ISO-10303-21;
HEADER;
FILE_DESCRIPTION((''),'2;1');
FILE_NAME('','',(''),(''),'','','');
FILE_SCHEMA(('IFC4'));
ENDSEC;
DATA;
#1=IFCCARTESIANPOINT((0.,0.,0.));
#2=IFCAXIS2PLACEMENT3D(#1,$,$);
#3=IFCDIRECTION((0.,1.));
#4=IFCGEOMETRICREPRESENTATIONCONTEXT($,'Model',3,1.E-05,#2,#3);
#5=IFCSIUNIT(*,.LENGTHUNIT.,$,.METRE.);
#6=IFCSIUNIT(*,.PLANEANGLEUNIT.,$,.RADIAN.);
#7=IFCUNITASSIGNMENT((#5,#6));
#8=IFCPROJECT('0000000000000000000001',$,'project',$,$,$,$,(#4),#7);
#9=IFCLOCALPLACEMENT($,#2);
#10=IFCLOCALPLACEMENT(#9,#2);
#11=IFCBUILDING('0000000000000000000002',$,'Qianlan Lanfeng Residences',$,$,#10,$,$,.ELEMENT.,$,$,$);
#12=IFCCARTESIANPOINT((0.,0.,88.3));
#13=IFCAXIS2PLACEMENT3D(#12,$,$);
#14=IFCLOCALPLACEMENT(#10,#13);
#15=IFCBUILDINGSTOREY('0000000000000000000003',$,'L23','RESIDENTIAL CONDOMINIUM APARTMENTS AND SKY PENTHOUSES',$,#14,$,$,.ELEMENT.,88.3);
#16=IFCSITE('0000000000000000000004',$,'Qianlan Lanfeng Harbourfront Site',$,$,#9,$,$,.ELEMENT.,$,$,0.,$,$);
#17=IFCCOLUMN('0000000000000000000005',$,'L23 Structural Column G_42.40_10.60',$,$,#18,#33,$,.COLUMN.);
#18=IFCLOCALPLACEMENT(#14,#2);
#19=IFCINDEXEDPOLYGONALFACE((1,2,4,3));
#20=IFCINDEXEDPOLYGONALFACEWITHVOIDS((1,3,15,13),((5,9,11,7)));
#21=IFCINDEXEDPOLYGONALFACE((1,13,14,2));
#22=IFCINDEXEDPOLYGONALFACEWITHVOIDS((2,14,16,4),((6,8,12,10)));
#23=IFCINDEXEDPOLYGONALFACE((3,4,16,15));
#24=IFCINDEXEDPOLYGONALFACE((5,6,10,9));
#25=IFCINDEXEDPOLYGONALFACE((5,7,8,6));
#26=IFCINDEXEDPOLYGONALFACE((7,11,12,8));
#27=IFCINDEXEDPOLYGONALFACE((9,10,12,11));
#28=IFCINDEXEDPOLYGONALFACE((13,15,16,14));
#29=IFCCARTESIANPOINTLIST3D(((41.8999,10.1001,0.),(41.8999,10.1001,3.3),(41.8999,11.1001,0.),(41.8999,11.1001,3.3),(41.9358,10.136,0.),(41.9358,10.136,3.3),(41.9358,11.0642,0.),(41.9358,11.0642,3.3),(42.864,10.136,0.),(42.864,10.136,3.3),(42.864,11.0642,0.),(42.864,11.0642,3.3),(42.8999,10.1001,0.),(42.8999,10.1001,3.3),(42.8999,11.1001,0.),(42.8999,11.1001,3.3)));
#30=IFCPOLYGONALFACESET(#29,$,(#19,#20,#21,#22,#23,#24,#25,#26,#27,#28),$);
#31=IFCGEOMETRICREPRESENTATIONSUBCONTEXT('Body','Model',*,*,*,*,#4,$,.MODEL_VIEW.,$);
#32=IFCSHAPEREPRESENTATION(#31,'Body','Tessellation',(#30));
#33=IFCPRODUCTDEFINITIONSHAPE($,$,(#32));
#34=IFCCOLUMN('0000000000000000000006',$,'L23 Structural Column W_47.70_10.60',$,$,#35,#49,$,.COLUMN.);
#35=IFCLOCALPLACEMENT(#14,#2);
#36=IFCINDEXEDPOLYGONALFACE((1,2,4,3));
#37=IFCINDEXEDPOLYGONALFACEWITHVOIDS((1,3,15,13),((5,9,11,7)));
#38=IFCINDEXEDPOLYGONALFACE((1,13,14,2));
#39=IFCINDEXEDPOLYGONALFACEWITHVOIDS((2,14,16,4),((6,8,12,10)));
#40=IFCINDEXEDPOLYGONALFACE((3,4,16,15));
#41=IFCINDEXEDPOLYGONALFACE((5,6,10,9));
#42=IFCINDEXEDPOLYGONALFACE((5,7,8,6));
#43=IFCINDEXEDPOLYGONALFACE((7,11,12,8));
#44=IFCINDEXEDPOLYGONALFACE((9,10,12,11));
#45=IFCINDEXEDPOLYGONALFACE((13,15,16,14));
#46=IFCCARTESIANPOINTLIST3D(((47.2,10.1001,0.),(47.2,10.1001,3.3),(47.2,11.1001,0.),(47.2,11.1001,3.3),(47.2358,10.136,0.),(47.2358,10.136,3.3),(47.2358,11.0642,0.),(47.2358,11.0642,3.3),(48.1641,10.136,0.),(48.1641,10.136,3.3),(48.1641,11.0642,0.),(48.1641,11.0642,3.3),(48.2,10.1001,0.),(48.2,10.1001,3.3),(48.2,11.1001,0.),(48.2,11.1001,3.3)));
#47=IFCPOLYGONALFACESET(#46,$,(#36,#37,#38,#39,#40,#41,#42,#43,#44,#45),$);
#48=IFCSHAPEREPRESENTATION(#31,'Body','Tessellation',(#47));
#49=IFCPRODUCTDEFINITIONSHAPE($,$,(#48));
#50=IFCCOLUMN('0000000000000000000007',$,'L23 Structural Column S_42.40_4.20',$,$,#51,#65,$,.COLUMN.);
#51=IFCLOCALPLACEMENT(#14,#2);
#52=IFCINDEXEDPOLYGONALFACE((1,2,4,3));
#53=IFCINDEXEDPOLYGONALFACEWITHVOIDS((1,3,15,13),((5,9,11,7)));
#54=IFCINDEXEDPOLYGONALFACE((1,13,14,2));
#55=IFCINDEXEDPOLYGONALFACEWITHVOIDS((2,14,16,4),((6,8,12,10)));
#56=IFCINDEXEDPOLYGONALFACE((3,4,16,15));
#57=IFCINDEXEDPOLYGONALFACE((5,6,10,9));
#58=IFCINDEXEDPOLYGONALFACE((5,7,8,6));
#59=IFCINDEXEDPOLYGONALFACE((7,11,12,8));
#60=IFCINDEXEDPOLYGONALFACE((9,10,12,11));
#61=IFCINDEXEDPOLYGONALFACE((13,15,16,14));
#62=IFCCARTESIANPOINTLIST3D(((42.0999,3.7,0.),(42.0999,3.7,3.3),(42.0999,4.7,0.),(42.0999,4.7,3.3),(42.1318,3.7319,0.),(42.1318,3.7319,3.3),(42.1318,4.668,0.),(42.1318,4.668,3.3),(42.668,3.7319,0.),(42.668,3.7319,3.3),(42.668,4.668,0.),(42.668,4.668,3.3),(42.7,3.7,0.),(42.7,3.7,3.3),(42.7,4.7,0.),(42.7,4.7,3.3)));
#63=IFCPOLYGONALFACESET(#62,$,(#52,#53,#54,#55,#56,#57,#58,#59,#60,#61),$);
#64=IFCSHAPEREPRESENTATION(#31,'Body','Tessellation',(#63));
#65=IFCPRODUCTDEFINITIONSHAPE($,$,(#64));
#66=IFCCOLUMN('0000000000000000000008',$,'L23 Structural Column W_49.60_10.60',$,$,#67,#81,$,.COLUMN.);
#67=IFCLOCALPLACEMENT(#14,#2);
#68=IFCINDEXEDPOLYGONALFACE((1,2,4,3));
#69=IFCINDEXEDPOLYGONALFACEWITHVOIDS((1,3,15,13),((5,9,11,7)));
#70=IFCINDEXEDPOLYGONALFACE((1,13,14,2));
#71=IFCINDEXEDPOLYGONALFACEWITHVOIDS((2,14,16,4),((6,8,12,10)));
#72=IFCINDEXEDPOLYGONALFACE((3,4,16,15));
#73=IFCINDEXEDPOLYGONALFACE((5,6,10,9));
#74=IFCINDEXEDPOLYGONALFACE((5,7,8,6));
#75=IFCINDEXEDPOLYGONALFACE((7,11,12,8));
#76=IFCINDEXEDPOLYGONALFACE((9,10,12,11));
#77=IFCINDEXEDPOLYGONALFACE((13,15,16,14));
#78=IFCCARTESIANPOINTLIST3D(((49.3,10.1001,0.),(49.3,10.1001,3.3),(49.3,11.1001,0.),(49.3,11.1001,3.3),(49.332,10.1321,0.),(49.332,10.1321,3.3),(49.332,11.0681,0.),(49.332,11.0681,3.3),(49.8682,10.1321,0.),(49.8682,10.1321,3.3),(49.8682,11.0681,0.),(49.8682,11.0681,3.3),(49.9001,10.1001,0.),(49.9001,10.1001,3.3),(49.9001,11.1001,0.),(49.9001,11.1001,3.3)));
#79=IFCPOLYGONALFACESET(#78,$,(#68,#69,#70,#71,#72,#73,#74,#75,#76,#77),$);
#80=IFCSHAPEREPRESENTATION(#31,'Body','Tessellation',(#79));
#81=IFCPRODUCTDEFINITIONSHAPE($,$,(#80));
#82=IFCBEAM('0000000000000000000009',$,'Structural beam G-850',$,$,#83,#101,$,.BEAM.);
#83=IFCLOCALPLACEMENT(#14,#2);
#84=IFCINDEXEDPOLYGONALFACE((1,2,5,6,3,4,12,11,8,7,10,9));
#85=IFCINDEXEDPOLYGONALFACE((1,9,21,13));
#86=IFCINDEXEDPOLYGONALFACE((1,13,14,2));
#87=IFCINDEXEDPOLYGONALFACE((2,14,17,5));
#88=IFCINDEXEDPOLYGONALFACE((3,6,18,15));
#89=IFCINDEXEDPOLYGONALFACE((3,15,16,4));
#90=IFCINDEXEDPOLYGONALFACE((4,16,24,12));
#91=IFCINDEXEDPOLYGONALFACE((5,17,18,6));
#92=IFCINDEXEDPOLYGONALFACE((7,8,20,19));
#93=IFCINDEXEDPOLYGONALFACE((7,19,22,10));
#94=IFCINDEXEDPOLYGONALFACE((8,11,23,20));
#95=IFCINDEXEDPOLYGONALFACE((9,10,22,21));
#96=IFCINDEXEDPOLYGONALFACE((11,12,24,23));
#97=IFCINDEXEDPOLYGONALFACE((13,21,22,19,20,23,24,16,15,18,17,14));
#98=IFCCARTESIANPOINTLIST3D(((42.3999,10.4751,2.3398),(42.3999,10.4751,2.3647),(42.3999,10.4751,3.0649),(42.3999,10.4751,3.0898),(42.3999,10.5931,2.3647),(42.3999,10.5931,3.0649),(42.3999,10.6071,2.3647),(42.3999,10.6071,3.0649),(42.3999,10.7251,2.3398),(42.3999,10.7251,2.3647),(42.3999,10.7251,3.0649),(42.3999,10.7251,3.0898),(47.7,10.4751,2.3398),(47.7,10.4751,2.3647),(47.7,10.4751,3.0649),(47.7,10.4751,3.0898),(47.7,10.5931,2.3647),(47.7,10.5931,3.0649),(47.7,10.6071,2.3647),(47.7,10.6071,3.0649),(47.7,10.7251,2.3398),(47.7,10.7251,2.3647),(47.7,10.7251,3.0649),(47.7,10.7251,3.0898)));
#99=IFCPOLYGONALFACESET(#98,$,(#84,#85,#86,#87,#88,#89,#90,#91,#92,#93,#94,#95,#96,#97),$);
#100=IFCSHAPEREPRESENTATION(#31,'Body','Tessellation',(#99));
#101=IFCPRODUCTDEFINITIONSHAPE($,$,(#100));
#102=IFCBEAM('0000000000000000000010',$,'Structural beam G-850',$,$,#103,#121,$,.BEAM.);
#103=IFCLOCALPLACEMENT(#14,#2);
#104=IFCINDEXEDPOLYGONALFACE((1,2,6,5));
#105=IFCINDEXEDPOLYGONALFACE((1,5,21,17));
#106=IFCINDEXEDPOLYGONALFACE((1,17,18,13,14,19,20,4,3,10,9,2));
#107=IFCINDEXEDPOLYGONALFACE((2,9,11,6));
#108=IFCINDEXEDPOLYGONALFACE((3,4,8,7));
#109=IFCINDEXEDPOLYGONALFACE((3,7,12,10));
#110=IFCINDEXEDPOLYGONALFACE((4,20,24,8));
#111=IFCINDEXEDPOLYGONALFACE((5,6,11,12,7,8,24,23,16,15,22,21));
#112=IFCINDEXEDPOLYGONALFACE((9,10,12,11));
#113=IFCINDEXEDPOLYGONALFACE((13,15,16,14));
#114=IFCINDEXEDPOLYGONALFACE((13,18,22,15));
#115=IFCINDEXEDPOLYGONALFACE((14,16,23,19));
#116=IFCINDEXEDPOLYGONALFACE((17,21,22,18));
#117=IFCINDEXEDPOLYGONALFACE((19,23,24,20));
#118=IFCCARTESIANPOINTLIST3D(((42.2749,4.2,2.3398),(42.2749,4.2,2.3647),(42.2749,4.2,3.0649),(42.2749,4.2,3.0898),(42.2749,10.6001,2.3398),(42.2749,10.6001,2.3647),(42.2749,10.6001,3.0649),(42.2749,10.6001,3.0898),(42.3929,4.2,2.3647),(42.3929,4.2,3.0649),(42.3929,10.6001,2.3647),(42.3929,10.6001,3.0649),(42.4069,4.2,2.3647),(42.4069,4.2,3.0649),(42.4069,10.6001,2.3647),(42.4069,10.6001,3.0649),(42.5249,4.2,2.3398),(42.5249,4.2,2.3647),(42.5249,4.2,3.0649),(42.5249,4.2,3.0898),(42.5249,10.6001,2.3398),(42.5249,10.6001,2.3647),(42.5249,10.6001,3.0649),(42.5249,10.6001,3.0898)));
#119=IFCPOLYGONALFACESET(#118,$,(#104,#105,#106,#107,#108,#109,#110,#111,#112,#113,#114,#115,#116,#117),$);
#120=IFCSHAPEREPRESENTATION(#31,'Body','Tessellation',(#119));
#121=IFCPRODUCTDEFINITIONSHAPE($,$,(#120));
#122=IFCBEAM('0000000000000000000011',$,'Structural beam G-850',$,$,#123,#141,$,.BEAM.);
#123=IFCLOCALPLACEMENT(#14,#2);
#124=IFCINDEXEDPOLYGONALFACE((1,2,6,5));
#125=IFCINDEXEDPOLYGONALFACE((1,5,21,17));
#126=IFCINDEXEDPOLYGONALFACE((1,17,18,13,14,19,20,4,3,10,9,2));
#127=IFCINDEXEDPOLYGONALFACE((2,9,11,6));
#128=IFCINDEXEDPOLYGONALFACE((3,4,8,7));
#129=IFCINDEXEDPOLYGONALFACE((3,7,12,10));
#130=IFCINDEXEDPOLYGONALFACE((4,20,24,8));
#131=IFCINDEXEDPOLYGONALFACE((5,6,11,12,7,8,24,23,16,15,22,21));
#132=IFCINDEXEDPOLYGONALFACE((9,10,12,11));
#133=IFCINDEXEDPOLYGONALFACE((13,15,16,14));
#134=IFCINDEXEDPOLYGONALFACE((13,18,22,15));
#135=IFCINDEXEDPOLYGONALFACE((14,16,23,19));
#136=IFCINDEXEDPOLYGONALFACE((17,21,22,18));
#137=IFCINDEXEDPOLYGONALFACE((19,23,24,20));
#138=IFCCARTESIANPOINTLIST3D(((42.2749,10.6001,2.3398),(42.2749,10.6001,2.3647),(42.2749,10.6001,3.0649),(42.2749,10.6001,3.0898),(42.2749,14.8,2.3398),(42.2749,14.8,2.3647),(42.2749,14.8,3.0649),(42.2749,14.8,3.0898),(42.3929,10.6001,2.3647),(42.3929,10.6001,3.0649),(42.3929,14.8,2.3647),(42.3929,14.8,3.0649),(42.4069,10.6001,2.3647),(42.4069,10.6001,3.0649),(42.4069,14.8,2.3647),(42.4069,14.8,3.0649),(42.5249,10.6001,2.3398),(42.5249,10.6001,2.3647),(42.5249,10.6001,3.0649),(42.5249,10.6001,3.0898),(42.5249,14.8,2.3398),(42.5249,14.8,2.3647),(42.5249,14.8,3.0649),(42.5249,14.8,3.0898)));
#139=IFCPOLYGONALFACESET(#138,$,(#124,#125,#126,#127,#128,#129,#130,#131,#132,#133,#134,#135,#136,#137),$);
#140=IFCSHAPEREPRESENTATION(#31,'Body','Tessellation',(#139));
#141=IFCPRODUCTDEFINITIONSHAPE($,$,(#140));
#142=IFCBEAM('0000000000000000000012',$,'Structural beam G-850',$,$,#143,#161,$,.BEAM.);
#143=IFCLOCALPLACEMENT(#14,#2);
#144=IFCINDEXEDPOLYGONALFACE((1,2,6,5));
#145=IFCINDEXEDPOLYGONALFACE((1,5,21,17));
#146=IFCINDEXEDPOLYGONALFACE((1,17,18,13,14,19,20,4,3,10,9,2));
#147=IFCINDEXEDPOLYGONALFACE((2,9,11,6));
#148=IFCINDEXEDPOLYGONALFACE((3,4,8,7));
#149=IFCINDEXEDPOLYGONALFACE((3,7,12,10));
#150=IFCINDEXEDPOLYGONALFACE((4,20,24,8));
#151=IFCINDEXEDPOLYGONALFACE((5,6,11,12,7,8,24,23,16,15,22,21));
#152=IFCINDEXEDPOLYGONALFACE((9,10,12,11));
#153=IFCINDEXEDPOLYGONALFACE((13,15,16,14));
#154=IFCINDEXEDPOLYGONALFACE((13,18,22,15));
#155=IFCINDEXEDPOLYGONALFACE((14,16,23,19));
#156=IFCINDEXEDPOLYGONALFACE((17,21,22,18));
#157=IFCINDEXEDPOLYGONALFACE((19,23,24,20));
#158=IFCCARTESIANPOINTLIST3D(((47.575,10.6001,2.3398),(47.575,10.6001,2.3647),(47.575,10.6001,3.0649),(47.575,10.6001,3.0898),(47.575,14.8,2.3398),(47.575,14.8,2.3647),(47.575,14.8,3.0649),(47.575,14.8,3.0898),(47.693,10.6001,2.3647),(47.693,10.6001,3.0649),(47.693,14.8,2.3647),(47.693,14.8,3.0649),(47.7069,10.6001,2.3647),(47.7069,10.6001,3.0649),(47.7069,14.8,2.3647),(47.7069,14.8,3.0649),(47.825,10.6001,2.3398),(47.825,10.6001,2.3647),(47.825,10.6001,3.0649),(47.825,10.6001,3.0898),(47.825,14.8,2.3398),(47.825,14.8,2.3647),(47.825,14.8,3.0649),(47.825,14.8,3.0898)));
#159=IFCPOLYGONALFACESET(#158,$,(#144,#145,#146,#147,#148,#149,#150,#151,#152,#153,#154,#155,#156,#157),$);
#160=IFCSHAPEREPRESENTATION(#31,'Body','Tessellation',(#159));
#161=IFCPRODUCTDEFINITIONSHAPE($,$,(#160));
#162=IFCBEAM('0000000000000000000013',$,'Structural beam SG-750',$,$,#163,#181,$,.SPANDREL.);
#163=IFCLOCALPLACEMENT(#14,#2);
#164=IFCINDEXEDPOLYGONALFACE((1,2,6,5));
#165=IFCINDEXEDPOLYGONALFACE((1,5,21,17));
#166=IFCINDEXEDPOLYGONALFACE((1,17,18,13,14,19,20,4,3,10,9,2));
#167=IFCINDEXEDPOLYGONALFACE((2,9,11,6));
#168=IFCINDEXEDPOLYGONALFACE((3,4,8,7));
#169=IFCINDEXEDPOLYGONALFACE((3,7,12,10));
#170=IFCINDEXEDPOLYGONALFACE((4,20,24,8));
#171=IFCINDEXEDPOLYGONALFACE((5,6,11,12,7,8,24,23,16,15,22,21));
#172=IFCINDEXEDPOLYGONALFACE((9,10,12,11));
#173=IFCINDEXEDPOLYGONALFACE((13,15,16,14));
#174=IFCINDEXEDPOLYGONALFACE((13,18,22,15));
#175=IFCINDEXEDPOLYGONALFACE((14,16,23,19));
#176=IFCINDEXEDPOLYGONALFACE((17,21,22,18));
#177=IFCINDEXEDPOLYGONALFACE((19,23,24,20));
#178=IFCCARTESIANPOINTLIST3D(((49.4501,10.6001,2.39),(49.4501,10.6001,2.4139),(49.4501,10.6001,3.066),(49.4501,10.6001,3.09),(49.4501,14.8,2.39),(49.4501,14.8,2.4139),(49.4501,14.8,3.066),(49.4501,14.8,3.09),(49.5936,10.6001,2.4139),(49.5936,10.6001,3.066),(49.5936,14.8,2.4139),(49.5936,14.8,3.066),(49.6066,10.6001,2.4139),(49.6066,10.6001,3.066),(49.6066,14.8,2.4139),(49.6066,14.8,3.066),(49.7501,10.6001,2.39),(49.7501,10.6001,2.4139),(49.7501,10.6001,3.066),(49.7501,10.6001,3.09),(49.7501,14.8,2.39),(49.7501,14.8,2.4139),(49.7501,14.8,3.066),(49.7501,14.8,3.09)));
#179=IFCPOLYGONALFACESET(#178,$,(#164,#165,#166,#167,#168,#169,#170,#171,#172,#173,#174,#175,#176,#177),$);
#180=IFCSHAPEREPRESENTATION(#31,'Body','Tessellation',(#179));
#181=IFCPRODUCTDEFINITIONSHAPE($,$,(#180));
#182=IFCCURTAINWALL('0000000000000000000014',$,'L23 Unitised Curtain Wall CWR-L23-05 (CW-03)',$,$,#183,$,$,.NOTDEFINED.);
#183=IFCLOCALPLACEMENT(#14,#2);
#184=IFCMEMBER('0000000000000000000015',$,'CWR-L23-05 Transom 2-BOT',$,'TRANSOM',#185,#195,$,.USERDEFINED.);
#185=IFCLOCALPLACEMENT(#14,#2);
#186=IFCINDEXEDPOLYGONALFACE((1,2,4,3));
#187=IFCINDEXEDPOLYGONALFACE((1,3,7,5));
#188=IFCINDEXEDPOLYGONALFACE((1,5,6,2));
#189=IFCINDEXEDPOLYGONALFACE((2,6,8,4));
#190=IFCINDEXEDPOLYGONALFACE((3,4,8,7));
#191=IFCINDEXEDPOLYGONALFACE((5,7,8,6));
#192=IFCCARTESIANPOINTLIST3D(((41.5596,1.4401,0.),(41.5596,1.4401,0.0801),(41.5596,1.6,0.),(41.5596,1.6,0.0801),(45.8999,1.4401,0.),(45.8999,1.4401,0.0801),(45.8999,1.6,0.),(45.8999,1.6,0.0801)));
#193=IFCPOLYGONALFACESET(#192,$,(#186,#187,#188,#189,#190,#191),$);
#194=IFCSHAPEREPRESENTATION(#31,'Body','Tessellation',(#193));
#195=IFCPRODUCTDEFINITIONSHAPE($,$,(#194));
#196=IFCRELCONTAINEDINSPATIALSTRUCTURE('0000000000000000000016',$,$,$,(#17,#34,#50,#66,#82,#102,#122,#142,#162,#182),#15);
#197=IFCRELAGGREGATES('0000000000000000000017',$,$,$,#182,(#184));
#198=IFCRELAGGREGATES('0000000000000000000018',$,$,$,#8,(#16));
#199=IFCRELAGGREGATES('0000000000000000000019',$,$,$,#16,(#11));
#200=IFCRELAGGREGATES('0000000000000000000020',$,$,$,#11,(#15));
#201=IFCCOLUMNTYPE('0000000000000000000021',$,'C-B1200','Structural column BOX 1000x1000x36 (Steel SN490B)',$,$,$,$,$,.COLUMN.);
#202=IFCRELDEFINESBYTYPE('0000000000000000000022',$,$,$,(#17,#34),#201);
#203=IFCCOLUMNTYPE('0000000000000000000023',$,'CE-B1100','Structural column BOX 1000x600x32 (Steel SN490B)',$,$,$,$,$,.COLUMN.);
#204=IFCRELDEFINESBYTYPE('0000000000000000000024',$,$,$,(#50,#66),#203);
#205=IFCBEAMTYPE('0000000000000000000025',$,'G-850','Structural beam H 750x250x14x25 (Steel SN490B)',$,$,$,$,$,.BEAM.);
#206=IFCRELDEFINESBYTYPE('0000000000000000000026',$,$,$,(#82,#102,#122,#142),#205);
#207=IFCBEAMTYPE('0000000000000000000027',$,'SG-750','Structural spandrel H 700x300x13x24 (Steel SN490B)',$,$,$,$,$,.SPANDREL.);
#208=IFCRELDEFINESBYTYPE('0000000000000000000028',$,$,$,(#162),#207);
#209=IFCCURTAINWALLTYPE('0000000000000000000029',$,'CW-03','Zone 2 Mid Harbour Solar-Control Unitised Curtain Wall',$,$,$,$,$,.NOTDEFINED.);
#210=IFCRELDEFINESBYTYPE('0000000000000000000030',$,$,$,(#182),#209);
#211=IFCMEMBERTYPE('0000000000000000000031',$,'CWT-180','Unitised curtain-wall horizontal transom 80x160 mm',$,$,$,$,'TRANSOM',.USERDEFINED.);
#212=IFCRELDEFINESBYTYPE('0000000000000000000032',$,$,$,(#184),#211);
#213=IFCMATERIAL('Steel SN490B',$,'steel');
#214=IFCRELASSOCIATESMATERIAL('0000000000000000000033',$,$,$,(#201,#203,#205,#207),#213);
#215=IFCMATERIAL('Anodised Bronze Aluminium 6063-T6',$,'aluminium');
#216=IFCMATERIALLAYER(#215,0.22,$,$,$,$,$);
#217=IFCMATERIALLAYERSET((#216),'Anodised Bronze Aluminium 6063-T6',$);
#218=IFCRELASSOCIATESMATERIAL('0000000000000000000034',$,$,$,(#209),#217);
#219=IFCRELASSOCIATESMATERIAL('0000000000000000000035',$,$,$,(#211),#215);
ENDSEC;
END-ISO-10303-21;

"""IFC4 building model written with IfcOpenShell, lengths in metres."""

from ifc_helpers import new_model, si_unit, direction, frame, origin, origin_2d, place, context, subcontext, project, spatial, rectangle, hollow_rectangle, i_section, extrude, source, transform, mapped, material, layer, layer_set, material_profile, profile_set, type_object, element, aggregate, save


model = new_model("IFC4")

# Units and contexts
model_context = context("Model", 3, precision=1e-05, world=origin(), true_north=direction((0.0, 1.0)))
body_context = subcontext(model_context, "Body", "Model", "MODEL_VIEW")
ifc_project = project(units=[si_unit("LENGTHUNIT", "METRE"), si_unit("PLANEANGLEUNIT", "RADIAN")], contexts=[model_context])

# Site, building, storey
site_placement = place(None, origin())
site = spatial("IfcSite", under=ifc_project, at=site_placement, Name="Qianlan Lanfeng Harbourfront Site", CompositionType="ELEMENT", RefElevation=0.0)
building_placement = place(site_placement, origin())
building = spatial("IfcBuilding", under=site, at=building_placement, Name="Qianlan Lanfeng Residences", CompositionType="ELEMENT")
storey_placement = place(building_placement, frame((0.0, 0.0, 88.3)))
storey = spatial("IfcBuildingStorey", under=building, at=storey_placement, Name="L23", Description="RESIDENTIAL CONDOMINIUM APARTMENTS AND SKY PENTHOUSES", CompositionType="ELEMENT", Elevation=88.3)

# Columns
ifc_material_1 = material(Name="Steel SN490B", Category="steel")
ifc_material_profile_1 = material_profile(ifc_material_1, hollow_rectangle(XDim=1.0, YDim=1.0, WallThickness=0.0359, at=origin_2d()), Name="BOX 1000x1000x36")
ifc_profile_set_1 = profile_set([ifc_material_profile_1], Name="Steel SN490B")
column_type_1 = type_object("IfcColumnType", Name="C-B1200", Description="Structural column BOX 1000x1000x36 (Steel SN490B)", PredefinedType="COLUMN", material=ifc_profile_set_1)
for number, where, z_axis, x_axis, name in (
    (1, (42.3999, 10.6001, 0.0), (0.0, 0.0, 1.0), (1.0, 0.0, 0.0), "L23 Structural Column G_42.40_10.60"),
    (2, (47.7, 10.6001, 0.0), (0.0, 0.0, 1.0), (1.0, 0.0, 0.0), "L23 Structural Column W_47.70_10.60"),
):
    element("IfcColumn", number, at=place(storey_placement, frame(where, z_axis=z_axis, x_axis=x_axis)), inside=storey, type_object=column_type_1, Name=name, PredefinedType="COLUMN", context=body_context, shape_type="SweptSolid", body=[
        extrude(hollow_rectangle(XDim=1.0, YDim=1.0, WallThickness=0.0359, at=origin_2d()), origin(), (0.0, 0.0, 1.0), 3.3),
    ])
ifc_material_profile_2 = material_profile(ifc_material_1, hollow_rectangle(XDim=0.6001, YDim=1.0, WallThickness=0.032, at=origin_2d()), Name="BOX 1000x600x32")
ifc_profile_set_2 = profile_set([ifc_material_profile_2], Name="Steel SN490B")
column_type_2 = type_object("IfcColumnType", Name="CE-B1100", Description="Structural column BOX 1000x600x32 (Steel SN490B)", PredefinedType="COLUMN", material=ifc_profile_set_2)
for number, where, z_axis, x_axis, name in (
    (3, (42.3999, 4.2, 0.0), (0.0, 0.0, 1.0), (1.0, 0.0, 0.0), "L23 Structural Column S_42.40_4.20"),
    (4, (49.6001, 10.6001, 0.0), (0.0, 0.0, 1.0), (1.0, 0.0, 0.0), "L23 Structural Column W_49.60_10.60"),
):
    element("IfcColumn", number, at=place(storey_placement, frame(where, z_axis=z_axis, x_axis=x_axis)), inside=storey, type_object=column_type_2, Name=name, PredefinedType="COLUMN", context=body_context, shape_type="SweptSolid", body=[
        extrude(hollow_rectangle(XDim=0.6001, YDim=1.0, WallThickness=0.032, at=origin_2d()), origin(), (0.0, 0.0, 1.0), 3.3),
    ])

# Beams
ifc_material_profile_3 = material_profile(ifc_material_1, i_section(OverallWidth=0.25, OverallDepth=0.75, WebThickness=0.0139, FlangeThickness=0.0249, at=origin_2d()), Name="H 750x250x14x25")
ifc_profile_set_3 = profile_set([ifc_material_profile_3], Name="Steel SN490B")
beam_type_1 = type_object("IfcBeamType", Name="G-850", Description="Structural beam H 750x250x14x25 (Steel SN490B)", PredefinedType="BEAM", material=ifc_profile_set_3)
beam_1_placement = place(storey_placement, frame((42.3999, 10.6001, 2.7148), z_axis=(1.0, 0.0, 0.0), x_axis=(0.0, 1.0, 0.0)))
element("IfcBeam", 5, at=beam_1_placement, inside=storey, type_object=beam_type_1, Name="Structural beam G-850", PredefinedType="BEAM", context=body_context, shape_type="SweptSolid", body=[
    extrude(i_section(OverallWidth=0.25, OverallDepth=0.75, WebThickness=0.0139, FlangeThickness=0.0249, at=origin_2d()), origin(), (0.0, 0.0, 1.0), 5.3),
])
beam_2_placement = place(storey_placement, frame((42.3999, 4.2, 2.7148), z_axis=(0.0, 1.0, 0.0), x_axis=(-1.0, 0.0, 0.0)))
element("IfcBeam", 6, at=beam_2_placement, inside=storey, type_object=beam_type_1, Name="Structural beam G-850", PredefinedType="BEAM", context=body_context, shape_type="SweptSolid", body=[
    extrude(i_section(OverallWidth=0.25, OverallDepth=0.75, WebThickness=0.0139, FlangeThickness=0.0249, at=origin_2d()), origin(), (0.0, 0.0, 1.0), 6.4001),
])
for number, where, z_axis, x_axis, name in (
    (7, (42.3999, 10.6001, 2.7148), (0.0, 1.0, 0.0), (-1.0, 0.0, 0.0), "Structural beam G-850"),
    (8, (47.7, 10.6001, 2.7148), (0.0, 1.0, 0.0), (-1.0, 0.0, 0.0), "Structural beam G-850"),
):
    element("IfcBeam", number, at=place(storey_placement, frame(where, z_axis=z_axis, x_axis=x_axis)), inside=storey, type_object=beam_type_1, Name=name, PredefinedType="BEAM", context=body_context, shape_type="SweptSolid", body=[
        extrude(i_section(OverallWidth=0.25, OverallDepth=0.75, WebThickness=0.0139, FlangeThickness=0.0249, at=origin_2d()), origin(), (0.0, 0.0, 1.0), 4.2),
    ])
ifc_material_profile_4 = material_profile(ifc_material_1, i_section(OverallWidth=0.3, OverallDepth=0.7, WebThickness=0.0129, FlangeThickness=0.0239, at=origin_2d()), Name="H 700x300x13x24")
ifc_profile_set_4 = profile_set([ifc_material_profile_4], Name="Steel SN490B")
beam_type_2 = type_object("IfcBeamType", Name="SG-750", Description="Structural spandrel H 700x300x13x24 (Steel SN490B)", PredefinedType="SPANDREL", material=ifc_profile_set_4)
beam_3_placement = place(storey_placement, frame((49.6001, 10.6001, 2.74), z_axis=(0.0, 1.0, 0.0), x_axis=(-1.0, 0.0, 0.0)))
element("IfcBeam", 9, at=beam_3_placement, inside=storey, type_object=beam_type_2, Name="Structural beam SG-750", PredefinedType="SPANDREL", context=body_context, shape_type="SweptSolid", body=[
    extrude(i_section(OverallWidth=0.3, OverallDepth=0.7, WebThickness=0.0129, FlangeThickness=0.0239, at=origin_2d()), origin(), (0.0, 0.0, 1.0), 4.2),
])

# Curtain wall, member
ifc_material_2 = material(Name="Anodised Bronze Aluminium 6063-T6", Category="aluminium")
ifc_layer_1 = layer(ifc_material_2, 0.22)
ifc_layer_set_1 = layer_set([ifc_layer_1], Name="Anodised Bronze Aluminium 6063-T6")
curtain_wall_type = type_object("IfcCurtainWallType", Name="CW-03", Description="Zone 2 Mid Harbour Solar-Control Unitised Curtain Wall", PredefinedType="NOTDEFINED", material=ifc_layer_set_1)
curtain_wall_placement = place(storey_placement, origin())
curtain_wall = element("IfcCurtainWall", 10, at=curtain_wall_placement, inside=storey, type_object=curtain_wall_type, Name="L23 Unitised Curtain Wall CWR-L23-05 (CW-03)", PredefinedType="NOTDEFINED")
ifc_material_profile_5 = material_profile(ifc_material_2, rectangle(XDim=0.0801, YDim=0.1599, at=origin_2d()), Name="ALU TRANSOM 80x160")
ifc_profile_set_5 = profile_set([ifc_material_profile_5], Name="Anodised Bronze Aluminium 6063-T6")
member_type_1 = type_object("IfcMemberType", Name="CWT-180", Description="Unitised curtain-wall horizontal transom 80x160 mm", ElementType="TRANSOM", PredefinedType="USERDEFINED", material=ifc_profile_set_5)
shared_shape_1 = source(origin(), body_context, "Body", "SweptSolid", [
    extrude(rectangle(XDim=0.0801, YDim=0.1599, at=origin_2d()), origin(), (0.0, 0.0, 1.0), 4.3403),
])
member_1_placement = place(storey_placement, frame((41.5596, 1.52, 0.04), z_axis=(1.0, 0.0, 0.0), x_axis=(0.0, 0.0, 1.0)))
member_1 = element("IfcMember", 11, at=member_1_placement, type_object=member_type_1, Name="CWR-L23-05 Transom 2-BOT", ObjectType="TRANSOM", PredefinedType="USERDEFINED", context=body_context, shape_type="MappedRepresentation", body=[
    mapped(shared_shape_1, transform((0.0, 0.0, 0.0), scale=1.0)),
])
aggregate(curtain_wall, [member_1])

save(model, "model.ifc")
